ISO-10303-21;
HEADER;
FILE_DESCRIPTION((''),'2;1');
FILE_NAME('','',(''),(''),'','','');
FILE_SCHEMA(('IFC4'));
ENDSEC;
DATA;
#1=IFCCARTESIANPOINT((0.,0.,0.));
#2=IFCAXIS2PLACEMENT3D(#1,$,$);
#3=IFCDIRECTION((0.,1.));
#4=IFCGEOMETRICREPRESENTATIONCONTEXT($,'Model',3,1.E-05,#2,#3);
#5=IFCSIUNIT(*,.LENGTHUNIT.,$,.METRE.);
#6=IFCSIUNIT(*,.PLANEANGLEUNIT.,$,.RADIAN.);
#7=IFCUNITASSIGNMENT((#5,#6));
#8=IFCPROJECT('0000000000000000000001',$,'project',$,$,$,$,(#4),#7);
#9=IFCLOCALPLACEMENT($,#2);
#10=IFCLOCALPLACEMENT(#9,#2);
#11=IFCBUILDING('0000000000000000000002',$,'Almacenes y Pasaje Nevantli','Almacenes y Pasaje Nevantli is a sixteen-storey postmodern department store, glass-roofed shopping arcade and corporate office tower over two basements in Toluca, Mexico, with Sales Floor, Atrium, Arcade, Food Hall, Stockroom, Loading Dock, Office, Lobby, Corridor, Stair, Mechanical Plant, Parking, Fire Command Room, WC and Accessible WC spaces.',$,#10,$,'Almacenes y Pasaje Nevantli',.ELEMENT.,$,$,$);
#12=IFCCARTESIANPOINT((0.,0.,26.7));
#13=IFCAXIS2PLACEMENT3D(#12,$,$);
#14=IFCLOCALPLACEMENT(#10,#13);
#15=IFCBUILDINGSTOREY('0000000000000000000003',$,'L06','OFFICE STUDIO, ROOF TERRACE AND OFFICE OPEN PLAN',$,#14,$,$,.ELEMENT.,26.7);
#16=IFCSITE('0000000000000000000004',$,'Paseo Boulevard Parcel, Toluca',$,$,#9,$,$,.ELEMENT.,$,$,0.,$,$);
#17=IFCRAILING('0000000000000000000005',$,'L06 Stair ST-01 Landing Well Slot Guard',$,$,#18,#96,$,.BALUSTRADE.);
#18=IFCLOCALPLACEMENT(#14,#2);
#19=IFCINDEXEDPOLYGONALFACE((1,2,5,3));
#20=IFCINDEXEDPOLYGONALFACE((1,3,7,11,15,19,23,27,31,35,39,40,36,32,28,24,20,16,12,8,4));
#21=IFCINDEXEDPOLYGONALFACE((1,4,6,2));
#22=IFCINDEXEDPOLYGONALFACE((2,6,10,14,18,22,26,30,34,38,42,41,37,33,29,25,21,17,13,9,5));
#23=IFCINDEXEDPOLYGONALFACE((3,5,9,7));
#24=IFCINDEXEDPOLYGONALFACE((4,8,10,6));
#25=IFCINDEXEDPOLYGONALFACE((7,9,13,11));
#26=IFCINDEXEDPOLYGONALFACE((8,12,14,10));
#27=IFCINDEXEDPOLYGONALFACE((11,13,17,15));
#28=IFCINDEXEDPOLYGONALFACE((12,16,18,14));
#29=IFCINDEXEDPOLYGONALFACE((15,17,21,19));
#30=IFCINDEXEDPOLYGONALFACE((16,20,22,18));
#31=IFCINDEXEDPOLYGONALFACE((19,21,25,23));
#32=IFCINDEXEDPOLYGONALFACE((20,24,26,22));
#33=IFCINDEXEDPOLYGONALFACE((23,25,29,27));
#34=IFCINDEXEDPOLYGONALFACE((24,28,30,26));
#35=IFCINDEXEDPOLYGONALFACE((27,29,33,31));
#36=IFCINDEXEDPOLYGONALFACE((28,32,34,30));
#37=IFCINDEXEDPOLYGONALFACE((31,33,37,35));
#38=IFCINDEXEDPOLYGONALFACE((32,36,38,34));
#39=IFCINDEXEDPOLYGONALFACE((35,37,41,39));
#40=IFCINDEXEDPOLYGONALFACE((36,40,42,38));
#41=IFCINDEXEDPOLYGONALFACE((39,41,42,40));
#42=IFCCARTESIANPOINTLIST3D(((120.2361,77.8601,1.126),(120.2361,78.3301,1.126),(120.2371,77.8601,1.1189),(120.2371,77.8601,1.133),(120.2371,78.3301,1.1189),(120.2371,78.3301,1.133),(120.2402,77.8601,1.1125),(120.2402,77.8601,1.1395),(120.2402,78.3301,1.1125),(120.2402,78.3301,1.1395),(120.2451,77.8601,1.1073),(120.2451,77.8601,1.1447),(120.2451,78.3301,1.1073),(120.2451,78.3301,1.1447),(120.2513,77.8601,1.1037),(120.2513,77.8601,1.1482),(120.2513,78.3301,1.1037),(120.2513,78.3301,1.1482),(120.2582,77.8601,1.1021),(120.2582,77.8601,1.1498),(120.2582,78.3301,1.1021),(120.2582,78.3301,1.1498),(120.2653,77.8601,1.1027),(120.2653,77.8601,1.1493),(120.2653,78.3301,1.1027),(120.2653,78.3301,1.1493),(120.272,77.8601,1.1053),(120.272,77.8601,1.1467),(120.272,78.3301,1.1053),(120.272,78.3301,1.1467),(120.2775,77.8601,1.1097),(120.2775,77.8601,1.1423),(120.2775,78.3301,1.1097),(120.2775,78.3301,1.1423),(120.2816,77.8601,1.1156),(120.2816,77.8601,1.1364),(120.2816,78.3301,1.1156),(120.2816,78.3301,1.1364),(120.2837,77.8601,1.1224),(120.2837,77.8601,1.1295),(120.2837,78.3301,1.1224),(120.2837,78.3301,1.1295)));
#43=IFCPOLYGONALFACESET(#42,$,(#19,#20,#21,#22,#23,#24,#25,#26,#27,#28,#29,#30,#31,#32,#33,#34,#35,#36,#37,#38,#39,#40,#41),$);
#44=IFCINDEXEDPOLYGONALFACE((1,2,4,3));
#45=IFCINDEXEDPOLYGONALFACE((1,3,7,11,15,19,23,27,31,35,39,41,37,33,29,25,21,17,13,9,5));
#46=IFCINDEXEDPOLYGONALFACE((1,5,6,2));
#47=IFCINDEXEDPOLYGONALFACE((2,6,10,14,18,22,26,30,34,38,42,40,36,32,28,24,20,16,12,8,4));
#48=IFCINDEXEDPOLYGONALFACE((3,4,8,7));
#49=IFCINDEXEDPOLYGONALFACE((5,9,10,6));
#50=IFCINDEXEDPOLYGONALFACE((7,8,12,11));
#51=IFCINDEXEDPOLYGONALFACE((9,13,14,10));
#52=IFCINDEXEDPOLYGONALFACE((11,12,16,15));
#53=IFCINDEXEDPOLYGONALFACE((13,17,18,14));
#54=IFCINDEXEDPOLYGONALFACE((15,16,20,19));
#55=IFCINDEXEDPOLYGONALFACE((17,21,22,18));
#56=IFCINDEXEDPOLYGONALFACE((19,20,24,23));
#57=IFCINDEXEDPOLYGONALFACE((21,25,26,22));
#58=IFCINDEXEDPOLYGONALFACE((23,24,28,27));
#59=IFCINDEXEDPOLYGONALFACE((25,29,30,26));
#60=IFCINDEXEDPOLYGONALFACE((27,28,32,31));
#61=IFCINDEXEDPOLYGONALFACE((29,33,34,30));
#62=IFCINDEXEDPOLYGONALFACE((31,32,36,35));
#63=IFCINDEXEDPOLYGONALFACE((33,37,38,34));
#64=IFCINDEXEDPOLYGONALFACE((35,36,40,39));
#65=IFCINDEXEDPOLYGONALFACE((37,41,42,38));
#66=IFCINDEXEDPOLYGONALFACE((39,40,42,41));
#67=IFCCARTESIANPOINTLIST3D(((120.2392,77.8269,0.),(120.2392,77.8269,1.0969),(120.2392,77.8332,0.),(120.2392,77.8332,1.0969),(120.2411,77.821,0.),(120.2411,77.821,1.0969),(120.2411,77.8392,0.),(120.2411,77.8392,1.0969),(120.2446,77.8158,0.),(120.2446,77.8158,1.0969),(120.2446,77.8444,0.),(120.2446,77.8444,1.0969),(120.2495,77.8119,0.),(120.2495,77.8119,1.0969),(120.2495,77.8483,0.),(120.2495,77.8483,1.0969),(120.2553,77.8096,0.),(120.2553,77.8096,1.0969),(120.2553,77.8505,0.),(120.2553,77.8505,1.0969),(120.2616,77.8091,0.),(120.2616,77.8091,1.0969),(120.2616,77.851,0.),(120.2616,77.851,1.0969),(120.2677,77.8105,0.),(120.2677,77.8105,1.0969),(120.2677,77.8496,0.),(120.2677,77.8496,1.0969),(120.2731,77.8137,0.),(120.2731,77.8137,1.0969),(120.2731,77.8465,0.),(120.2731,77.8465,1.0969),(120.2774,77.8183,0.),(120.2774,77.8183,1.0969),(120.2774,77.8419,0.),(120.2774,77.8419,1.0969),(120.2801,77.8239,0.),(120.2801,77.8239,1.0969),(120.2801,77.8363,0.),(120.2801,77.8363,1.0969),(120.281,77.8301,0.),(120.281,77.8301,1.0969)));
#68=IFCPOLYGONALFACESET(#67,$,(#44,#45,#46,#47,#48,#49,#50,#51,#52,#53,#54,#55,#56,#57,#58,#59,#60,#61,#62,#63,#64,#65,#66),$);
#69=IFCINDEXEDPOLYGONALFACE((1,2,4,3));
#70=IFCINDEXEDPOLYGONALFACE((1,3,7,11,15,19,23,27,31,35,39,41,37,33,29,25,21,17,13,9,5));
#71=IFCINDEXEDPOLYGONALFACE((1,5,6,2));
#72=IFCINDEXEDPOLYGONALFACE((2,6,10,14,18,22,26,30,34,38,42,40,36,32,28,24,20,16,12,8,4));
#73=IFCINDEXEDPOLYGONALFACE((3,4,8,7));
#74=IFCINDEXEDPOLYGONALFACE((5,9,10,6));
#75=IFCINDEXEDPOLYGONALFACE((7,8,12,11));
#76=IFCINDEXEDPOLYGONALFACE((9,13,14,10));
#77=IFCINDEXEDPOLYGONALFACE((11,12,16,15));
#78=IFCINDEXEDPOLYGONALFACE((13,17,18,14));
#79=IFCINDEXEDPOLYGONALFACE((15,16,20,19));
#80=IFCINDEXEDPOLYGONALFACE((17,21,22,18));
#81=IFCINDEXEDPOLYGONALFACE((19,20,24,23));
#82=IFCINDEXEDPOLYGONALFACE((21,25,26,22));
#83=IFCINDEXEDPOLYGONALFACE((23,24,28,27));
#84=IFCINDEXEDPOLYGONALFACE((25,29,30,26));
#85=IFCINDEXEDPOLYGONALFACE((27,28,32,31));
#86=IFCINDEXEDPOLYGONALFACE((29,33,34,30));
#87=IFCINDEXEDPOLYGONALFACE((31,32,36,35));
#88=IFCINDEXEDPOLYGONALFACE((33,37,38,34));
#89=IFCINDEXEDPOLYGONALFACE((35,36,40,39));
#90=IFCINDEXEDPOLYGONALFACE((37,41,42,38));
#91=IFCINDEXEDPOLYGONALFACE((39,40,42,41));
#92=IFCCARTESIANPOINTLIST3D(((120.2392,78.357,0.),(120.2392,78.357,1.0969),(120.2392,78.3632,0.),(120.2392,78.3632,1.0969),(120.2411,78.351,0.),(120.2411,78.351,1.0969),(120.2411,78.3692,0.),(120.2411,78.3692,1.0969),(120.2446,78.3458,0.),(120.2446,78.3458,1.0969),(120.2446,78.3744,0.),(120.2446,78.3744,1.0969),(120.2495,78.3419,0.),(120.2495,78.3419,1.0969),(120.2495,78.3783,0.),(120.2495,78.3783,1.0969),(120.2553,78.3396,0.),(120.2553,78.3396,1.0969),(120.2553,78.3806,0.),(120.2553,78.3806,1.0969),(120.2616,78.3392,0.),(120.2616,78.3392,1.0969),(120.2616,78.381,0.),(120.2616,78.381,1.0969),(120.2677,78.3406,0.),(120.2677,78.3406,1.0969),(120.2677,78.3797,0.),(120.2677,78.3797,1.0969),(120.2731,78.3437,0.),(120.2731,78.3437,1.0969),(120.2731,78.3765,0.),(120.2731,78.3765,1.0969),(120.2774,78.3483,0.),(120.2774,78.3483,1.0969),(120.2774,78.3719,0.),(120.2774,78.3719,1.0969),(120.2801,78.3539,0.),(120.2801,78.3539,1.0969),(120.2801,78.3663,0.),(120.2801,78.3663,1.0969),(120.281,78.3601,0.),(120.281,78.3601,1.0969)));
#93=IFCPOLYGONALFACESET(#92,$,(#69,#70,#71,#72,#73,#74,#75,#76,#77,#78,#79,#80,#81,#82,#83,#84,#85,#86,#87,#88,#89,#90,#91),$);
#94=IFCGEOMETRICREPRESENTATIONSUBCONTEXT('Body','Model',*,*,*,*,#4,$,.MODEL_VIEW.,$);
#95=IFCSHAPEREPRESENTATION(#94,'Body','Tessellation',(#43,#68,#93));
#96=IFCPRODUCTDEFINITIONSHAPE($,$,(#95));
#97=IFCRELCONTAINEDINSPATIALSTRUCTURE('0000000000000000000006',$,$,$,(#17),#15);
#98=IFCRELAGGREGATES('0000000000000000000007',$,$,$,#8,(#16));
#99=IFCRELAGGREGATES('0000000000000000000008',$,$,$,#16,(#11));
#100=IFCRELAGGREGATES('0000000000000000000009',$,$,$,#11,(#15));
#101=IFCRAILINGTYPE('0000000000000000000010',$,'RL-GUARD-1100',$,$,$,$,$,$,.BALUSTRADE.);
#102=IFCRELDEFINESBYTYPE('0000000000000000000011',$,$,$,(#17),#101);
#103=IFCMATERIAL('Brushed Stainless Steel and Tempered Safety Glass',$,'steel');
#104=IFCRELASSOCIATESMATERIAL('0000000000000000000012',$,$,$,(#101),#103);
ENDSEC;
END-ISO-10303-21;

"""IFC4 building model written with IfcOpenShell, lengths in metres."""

from ifc_helpers import new_model, si_unit, direction, frame, origin, origin_2d, place, context, subcontext, project, spatial, circle, extrude, material, type_object, element, save


model = new_model("IFC4")

# Units and contexts
model_context = context("Model", 3, precision=1e-05, world=origin(), true_north=direction((0.0, 1.0)))
body_context = subcontext(model_context, "Body", "Model", "MODEL_VIEW")
ifc_project = project(units=[si_unit("LENGTHUNIT", "METRE"), si_unit("PLANEANGLEUNIT", "RADIAN")], contexts=[model_context])

# Site, building, storey
site_placement = place(None, origin())
site = spatial("IfcSite", under=ifc_project, at=site_placement, Name="Paseo Boulevard Parcel, Toluca", CompositionType="ELEMENT", RefElevation=0.0)
building_placement = place(site_placement, origin())
building = spatial("IfcBuilding", under=site, at=building_placement, Name="Almacenes y Pasaje Nevantli", Description="Almacenes y Pasaje Nevantli is a sixteen-storey postmodern department store, glass-roofed shopping arcade and corporate office tower over two basements in Toluca, Mexico, with Sales Floor, Atrium, Arcade, Food Hall, Stockroom, Loading Dock, Office, Lobby, Corridor, Stair, Mechanical Plant, Parking, Fire Command Room, WC and Accessible WC spaces.", LongName="Almacenes y Pasaje Nevantli", CompositionType="ELEMENT")
storey_placement = place(building_placement, frame((0.0, 0.0, 26.7)))
storey = spatial("IfcBuildingStorey", under=building, at=storey_placement, Name="L06", Description="OFFICE STUDIO, ROOF TERRACE AND OFFICE OPEN PLAN", CompositionType="ELEMENT", Elevation=26.7)

# Railing
ifc_material_1 = material(Name="Brushed Stainless Steel and Tempered Safety Glass", Category="steel")
railing_type_1 = type_object("IfcRailingType", Name="RL-GUARD-1100", PredefinedType="BALUSTRADE", material=ifc_material_1)
railing_1_placement = place(storey_placement, frame((120.26, 77.8301, 0.0)))
element("IfcRailing", 1, at=railing_1_placement, inside=storey, type_object=railing_type_1, Name="L06 Stair ST-01 Landing Well Slot Guard", PredefinedType="BALUSTRADE", context=body_context, shape_type="SweptSolid", body=[
    extrude(circle(Radius=0.0239, at=origin_2d()), frame((0.0, 0.03, 1.126), z_axis=(0.0, 1.0, 0.0), x_axis=(-1.0, 0.0, 0.0)), (0.0, 0.0, 1.0), 0.47),
    extrude(circle(Radius=0.021, at=origin_2d()), origin(), (0.0, 0.0, 1.0), 1.0969),
    extrude(circle(Radius=0.021, at=origin_2d()), frame((0.0, 0.53, 0.0)), (0.0, 0.0, 1.0), 1.0969),
])

save(model, "model.ifc")
